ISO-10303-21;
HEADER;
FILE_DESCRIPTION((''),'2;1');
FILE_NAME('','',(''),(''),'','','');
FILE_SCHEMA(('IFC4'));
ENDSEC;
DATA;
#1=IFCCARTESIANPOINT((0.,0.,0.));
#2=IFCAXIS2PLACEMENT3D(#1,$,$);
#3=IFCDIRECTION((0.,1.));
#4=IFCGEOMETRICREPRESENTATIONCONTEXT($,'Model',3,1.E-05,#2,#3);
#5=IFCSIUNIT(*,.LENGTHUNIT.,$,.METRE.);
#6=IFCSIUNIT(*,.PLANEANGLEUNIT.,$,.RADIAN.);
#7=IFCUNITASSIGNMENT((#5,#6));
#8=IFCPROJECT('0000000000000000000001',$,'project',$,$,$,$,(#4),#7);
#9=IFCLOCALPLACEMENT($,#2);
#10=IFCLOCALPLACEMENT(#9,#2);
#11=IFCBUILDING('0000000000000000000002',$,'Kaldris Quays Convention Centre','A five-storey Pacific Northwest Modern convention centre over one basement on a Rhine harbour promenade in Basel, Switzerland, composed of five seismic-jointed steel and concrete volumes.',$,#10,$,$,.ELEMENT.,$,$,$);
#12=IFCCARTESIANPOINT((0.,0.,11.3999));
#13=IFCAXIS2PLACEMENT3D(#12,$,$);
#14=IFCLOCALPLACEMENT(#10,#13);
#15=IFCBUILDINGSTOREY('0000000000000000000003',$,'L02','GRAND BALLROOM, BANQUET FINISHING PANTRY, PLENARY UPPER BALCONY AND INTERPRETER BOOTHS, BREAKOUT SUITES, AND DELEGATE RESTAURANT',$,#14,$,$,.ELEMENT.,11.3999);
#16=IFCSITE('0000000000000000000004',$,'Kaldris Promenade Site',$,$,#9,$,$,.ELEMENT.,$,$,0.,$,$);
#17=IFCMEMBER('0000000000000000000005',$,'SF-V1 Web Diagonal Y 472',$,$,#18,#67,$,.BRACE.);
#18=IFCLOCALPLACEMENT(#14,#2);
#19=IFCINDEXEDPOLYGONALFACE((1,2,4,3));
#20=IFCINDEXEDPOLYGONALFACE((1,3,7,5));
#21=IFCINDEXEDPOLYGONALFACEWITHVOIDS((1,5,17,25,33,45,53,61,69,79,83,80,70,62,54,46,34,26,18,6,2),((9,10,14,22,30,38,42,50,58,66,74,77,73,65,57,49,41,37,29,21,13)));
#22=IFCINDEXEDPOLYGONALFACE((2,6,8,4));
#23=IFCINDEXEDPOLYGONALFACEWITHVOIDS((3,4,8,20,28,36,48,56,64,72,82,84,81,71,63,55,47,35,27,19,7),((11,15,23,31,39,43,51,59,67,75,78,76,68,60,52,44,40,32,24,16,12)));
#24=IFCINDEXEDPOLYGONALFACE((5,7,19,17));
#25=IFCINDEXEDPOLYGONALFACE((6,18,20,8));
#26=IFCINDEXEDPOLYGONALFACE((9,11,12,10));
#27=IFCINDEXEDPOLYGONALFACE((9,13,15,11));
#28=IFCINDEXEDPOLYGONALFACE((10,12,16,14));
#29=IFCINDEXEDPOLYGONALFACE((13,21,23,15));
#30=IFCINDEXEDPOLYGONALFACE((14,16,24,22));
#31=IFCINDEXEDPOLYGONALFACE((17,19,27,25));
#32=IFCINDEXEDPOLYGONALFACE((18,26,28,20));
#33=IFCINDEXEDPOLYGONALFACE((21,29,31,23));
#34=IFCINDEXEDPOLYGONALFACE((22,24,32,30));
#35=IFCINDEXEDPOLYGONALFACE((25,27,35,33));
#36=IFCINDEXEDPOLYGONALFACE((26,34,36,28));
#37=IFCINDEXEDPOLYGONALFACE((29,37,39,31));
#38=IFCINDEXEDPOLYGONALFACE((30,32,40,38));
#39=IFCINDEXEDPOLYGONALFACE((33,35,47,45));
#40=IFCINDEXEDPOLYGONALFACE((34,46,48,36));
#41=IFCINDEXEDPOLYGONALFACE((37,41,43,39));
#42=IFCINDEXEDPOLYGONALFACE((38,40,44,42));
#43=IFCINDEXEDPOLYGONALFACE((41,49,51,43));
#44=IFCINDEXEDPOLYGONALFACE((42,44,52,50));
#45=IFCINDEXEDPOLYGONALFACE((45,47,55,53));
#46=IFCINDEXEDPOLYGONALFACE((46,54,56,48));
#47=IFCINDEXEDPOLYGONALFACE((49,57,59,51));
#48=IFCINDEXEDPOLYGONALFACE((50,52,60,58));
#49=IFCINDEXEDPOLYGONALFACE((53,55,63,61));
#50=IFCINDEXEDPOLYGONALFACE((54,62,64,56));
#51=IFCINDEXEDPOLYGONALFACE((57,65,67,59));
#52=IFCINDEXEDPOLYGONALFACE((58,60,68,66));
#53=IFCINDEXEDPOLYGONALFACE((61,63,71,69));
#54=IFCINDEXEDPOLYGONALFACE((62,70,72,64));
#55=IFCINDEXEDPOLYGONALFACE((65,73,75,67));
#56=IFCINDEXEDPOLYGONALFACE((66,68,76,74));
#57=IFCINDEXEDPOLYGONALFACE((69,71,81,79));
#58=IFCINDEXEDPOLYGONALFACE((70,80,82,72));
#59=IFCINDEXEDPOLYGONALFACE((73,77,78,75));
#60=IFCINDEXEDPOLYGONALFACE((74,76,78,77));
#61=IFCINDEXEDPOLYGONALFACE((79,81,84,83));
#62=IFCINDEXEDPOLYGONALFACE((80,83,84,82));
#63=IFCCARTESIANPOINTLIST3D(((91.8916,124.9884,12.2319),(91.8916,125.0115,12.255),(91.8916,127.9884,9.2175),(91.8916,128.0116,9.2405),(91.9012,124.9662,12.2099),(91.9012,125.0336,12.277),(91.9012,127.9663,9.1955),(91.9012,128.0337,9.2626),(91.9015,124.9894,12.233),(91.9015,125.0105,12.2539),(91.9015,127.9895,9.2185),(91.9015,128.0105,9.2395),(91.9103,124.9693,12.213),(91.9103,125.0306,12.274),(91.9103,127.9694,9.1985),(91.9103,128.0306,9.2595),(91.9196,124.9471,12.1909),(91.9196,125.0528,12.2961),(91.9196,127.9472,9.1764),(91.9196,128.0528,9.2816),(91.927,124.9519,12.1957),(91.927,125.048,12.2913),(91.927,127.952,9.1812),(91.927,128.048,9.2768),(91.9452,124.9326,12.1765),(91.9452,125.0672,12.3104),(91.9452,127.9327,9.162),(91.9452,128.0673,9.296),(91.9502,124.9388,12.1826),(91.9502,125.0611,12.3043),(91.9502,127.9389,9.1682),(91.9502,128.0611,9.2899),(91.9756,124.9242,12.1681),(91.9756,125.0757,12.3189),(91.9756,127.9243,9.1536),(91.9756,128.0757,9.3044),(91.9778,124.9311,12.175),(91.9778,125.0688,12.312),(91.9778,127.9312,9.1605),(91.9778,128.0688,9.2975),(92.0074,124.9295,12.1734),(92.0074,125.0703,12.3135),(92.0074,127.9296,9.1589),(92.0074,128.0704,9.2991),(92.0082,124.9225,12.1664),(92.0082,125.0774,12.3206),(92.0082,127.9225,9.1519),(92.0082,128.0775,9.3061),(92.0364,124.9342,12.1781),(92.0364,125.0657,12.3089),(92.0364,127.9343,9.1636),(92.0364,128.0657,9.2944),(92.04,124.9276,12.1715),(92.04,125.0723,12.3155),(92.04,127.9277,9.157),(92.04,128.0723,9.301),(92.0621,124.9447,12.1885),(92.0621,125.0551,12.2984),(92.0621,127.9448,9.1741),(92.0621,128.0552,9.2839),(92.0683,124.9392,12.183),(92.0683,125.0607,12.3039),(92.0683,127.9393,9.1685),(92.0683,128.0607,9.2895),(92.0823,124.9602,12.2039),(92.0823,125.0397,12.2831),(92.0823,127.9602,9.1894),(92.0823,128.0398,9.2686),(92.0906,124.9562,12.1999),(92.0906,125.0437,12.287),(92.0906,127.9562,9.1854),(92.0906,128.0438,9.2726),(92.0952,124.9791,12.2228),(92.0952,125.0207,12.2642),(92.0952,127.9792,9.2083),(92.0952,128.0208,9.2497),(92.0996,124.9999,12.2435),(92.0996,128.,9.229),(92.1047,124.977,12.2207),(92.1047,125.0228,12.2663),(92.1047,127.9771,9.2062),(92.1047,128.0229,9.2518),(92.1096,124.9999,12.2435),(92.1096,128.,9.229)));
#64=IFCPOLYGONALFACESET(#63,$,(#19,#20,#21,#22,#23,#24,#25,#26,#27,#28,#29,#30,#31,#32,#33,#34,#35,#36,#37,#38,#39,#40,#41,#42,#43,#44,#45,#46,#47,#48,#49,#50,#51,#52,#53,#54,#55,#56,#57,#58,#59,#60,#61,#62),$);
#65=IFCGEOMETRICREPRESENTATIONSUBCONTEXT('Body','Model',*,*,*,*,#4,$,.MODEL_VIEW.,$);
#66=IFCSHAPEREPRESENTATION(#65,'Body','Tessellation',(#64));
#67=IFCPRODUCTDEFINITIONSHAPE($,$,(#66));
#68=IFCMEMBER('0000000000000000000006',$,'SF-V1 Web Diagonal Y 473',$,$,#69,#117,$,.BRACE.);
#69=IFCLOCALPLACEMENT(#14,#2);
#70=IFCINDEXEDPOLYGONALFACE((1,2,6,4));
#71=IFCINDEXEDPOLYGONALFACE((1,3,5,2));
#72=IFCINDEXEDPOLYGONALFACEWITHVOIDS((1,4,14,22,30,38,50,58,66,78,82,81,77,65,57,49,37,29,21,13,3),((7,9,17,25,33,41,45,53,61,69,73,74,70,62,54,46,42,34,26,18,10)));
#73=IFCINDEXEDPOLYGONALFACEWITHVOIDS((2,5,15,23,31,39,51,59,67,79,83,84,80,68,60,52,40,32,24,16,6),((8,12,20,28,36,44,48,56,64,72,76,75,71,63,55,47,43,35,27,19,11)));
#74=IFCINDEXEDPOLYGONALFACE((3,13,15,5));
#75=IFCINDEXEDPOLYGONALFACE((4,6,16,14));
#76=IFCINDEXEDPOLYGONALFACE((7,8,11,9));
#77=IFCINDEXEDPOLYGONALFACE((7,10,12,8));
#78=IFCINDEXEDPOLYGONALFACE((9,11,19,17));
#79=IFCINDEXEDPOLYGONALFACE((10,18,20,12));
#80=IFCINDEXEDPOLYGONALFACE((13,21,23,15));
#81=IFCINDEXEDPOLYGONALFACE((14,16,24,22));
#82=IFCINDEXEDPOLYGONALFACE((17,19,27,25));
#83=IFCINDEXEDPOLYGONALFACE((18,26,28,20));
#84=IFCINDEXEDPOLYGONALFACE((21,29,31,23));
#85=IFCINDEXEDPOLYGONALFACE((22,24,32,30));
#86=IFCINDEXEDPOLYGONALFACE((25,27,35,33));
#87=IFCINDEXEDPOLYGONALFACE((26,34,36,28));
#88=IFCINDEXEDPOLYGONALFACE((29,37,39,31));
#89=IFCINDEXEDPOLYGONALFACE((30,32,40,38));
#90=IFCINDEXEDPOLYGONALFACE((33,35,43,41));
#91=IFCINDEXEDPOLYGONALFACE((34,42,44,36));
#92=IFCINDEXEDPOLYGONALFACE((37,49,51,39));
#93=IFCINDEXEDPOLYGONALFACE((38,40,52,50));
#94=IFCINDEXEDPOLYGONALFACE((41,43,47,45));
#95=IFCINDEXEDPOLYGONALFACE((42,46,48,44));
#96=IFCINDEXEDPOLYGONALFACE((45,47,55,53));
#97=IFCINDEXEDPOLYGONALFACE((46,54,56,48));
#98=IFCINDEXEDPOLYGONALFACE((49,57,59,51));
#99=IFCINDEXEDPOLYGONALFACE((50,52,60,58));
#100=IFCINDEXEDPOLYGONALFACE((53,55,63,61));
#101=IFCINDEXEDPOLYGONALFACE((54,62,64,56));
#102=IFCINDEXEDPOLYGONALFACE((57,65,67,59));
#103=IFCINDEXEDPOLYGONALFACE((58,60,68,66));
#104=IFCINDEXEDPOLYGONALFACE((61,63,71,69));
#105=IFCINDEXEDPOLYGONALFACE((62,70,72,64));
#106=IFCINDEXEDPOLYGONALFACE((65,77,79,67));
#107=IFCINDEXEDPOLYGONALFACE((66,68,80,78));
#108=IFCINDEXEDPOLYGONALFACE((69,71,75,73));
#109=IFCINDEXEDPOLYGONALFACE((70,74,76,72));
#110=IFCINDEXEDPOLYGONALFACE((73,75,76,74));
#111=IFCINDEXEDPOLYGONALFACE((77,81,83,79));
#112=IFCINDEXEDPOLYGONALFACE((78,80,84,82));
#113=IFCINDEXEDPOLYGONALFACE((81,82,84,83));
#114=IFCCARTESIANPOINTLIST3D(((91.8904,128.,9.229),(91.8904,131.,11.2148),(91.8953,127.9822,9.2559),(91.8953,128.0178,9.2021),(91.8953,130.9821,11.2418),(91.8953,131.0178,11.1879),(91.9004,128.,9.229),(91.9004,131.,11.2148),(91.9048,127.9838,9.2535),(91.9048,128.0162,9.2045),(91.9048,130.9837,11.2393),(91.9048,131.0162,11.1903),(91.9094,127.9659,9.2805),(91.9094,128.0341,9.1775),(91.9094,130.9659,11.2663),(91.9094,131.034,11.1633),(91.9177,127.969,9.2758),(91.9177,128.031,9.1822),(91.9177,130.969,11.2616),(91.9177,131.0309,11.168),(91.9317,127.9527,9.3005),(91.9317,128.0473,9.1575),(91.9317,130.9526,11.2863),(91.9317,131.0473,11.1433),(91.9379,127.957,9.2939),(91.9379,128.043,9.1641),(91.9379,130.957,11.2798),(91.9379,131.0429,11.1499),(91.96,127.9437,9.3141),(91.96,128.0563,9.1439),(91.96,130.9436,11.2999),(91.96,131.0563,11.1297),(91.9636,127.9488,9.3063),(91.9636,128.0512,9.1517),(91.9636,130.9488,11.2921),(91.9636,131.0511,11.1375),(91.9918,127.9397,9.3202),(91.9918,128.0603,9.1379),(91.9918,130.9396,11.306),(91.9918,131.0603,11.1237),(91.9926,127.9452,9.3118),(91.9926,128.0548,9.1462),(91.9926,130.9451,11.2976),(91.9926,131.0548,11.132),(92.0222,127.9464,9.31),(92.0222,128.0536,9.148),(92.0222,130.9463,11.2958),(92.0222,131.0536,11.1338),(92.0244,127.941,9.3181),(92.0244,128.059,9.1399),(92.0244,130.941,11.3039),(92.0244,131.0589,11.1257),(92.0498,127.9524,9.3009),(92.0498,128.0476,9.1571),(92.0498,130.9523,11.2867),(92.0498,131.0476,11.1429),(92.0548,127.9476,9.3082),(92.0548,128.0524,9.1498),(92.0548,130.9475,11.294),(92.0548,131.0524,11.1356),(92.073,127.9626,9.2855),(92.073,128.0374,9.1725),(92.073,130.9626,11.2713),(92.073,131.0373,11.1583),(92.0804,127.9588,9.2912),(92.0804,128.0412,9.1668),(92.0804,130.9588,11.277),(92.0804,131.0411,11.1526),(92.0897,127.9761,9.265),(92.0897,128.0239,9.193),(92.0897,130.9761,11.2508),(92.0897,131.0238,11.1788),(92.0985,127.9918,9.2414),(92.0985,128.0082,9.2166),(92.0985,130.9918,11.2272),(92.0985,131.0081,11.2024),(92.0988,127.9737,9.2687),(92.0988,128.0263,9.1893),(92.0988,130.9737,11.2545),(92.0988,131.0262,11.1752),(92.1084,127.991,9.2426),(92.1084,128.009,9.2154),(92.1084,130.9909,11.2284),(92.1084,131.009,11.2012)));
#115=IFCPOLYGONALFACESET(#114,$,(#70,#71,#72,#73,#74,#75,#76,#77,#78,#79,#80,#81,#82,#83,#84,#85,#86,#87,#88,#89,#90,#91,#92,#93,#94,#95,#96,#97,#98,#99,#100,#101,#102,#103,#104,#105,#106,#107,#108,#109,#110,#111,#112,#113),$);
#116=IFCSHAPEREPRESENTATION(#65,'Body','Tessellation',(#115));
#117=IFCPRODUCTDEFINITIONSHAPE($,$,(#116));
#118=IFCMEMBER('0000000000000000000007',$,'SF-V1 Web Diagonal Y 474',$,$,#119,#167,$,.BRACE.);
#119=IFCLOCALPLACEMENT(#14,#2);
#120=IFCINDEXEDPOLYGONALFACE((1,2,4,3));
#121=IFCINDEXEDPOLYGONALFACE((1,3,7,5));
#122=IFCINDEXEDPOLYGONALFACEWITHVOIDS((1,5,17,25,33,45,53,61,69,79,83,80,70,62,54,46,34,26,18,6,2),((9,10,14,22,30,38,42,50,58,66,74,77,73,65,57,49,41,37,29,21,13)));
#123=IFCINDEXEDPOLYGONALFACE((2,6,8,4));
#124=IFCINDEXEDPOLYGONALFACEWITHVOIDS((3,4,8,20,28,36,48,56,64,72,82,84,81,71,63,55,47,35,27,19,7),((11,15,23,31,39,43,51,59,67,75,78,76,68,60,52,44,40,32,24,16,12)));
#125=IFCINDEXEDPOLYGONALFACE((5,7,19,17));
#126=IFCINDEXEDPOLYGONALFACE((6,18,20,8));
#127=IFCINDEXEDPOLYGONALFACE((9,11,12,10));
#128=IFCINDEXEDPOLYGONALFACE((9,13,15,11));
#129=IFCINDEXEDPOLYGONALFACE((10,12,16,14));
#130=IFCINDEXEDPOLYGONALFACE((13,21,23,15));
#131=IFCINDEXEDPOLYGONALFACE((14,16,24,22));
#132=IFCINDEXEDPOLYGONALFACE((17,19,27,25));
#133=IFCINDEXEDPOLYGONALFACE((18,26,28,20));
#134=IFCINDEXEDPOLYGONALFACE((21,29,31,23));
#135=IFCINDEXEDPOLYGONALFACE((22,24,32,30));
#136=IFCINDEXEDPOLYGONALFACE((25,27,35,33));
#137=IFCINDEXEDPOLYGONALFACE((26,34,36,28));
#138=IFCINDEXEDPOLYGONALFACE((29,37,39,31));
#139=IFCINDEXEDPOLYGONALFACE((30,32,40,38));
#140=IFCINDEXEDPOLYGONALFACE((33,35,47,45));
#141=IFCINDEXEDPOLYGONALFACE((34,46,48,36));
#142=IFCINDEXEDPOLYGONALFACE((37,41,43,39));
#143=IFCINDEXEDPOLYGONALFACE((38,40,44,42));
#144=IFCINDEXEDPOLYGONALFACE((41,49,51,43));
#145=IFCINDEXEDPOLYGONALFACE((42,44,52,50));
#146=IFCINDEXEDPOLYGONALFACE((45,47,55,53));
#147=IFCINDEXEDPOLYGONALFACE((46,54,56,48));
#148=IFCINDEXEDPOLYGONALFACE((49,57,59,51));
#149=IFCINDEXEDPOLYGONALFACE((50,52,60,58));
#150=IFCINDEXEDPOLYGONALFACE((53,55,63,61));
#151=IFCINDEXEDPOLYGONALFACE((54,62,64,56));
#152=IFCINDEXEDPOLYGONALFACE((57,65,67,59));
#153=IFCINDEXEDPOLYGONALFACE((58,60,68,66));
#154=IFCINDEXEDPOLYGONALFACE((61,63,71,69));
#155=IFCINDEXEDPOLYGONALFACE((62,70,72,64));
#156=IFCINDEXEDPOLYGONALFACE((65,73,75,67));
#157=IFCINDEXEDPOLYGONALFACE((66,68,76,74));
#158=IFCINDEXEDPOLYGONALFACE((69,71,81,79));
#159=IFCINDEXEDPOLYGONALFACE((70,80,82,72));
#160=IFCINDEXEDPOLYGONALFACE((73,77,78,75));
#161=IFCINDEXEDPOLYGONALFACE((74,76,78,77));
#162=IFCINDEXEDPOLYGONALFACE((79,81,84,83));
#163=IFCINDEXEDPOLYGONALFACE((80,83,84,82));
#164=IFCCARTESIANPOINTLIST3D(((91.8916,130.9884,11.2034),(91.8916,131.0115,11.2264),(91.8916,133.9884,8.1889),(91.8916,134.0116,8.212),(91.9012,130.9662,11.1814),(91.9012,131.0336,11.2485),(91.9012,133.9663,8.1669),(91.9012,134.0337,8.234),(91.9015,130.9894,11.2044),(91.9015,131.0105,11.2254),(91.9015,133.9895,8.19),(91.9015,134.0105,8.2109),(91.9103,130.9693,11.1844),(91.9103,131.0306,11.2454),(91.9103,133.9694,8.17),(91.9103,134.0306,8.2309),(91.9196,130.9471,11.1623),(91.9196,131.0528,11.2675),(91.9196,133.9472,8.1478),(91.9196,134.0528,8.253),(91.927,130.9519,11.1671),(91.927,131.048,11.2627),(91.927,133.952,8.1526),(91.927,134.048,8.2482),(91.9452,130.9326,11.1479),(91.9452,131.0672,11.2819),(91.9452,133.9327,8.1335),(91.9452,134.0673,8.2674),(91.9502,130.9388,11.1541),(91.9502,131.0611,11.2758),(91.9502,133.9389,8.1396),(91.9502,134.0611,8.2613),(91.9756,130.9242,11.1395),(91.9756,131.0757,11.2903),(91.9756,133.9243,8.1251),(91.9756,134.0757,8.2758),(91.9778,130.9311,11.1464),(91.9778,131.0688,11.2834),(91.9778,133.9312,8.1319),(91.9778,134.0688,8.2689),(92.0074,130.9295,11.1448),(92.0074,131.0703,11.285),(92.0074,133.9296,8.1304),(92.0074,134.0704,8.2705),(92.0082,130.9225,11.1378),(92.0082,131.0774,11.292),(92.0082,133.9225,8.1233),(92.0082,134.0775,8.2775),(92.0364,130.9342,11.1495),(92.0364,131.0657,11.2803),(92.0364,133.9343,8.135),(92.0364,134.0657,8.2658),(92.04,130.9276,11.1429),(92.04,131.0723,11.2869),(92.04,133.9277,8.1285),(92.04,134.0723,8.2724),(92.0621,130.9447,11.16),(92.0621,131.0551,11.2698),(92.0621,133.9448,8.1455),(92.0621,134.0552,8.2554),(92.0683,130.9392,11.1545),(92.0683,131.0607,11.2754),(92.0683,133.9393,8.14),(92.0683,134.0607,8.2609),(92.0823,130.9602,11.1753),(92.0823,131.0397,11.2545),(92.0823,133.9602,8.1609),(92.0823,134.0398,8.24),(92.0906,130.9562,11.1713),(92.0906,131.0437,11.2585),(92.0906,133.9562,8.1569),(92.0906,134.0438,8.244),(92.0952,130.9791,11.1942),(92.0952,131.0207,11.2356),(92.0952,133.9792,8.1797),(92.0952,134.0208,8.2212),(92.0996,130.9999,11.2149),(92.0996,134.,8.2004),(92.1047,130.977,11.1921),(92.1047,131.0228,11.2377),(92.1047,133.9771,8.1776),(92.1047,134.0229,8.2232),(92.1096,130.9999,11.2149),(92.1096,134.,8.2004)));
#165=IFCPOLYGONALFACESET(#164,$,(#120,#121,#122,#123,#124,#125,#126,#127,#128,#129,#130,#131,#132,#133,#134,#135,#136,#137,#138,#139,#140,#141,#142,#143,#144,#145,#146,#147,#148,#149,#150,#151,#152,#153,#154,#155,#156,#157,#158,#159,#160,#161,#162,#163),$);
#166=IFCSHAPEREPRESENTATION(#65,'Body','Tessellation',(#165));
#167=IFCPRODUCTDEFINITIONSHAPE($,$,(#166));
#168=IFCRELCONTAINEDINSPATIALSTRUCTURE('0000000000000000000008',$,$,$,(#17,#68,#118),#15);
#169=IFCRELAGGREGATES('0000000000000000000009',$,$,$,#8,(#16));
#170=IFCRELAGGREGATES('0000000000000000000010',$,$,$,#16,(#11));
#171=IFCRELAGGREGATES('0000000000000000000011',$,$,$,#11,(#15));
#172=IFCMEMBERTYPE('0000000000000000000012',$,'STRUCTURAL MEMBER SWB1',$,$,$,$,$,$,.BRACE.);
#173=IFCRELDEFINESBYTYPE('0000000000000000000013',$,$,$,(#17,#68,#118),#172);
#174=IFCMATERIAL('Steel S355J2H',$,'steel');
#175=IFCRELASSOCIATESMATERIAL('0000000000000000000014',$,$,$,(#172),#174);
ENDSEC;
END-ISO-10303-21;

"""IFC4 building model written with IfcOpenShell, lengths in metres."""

from ifc_helpers import new_model, si_unit, direction, frame, origin, origin_2d, place, context, subcontext, project, spatial, hollow_circle, extrude, material, material_profile, profile_set, type_object, element, save


model = new_model("IFC4")

# Units and contexts
model_context = context("Model", 3, precision=1e-05, world=origin(), true_north=direction((0.0, 1.0)))
body_context = subcontext(model_context, "Body", "Model", "MODEL_VIEW")
ifc_project = project(units=[si_unit("LENGTHUNIT", "METRE"), si_unit("PLANEANGLEUNIT", "RADIAN")], contexts=[model_context])

# Site, building, storey
site_placement = place(None, origin())
site = spatial("IfcSite", under=ifc_project, at=site_placement, Name="Kaldris Promenade Site", CompositionType="ELEMENT", RefElevation=0.0)
building_placement = place(site_placement, origin())
building = spatial("IfcBuilding", under=site, at=building_placement, Name="Kaldris Quays Convention Centre", Description="A five-storey Pacific Northwest Modern convention centre over one basement on a Rhine harbour promenade in Basel, Switzerland, composed of five seismic-jointed steel and concrete volumes.", CompositionType="ELEMENT")
storey_placement = place(building_placement, frame((0.0, 0.0, 11.3999)))
storey = spatial("IfcBuildingStorey", under=building, at=storey_placement, Name="L02", Description="GRAND BALLROOM, BANQUET FINISHING PANTRY, PLENARY UPPER BALCONY AND INTERPRETER BOOTHS, BREAKOUT SUITES, AND DELEGATE RESTAURANT", CompositionType="ELEMENT", Elevation=11.3999)

# Members
ifc_material_1 = material(Name="Steel S355J2H", Category="steel")
ifc_material_profile_1 = material_profile(ifc_material_1, hollow_circle(Radius=0.1096, WallThickness=0.01, at=origin_2d()), Name="CHS 219.1x10")
ifc_profile_set_1 = profile_set([ifc_material_profile_1], Name="Steel S355J2H")
member_type_1 = type_object("IfcMemberType", Name="STRUCTURAL MEMBER SWB1", PredefinedType="BRACE", material=ifc_profile_set_1)
member_1_placement = place(storey_placement, frame((92.0, 128.0, 9.229), z_axis=(0.0, -0.705411, 0.708798), x_axis=(1.0, 0.0, 0.0)))
element("IfcMember", 1, at=member_1_placement, inside=storey, type_object=member_type_1, Name="SF-V1 Web Diagonal Y 472", PredefinedType="BRACE", context=body_context, shape_type="SweptSolid", body=[
    extrude(hollow_circle(Radius=0.1096, WallThickness=0.01, at=origin_2d()), origin(), (0.0, 0.0, 1.0), 4.2529),
])
member_2_placement = place(storey_placement, frame((92.0, 128.0, 9.229), z_axis=(0.0, 0.833862, 0.551972), x_axis=(-1.0, 0.0, 0.0)))
element("IfcMember", 2, at=member_2_placement, inside=storey, type_object=member_type_1, Name="SF-V1 Web Diagonal Y 473", PredefinedType="BRACE", context=body_context, shape_type="SweptSolid", body=[
    extrude(hollow_circle(Radius=0.1096, WallThickness=0.01, at=origin_2d()), origin(), (0.0, 0.0, 1.0), 3.5977),
])
member_3_placement = place(storey_placement, frame((92.0, 134.0, 8.2004), z_axis=(0.0, -0.705411, 0.708798), x_axis=(1.0, 0.0, 0.0)))
element("IfcMember", 3, at=member_3_placement, inside=storey, type_object=member_type_1, Name="SF-V1 Web Diagonal Y 474", PredefinedType="BRACE", context=body_context, shape_type="SweptSolid", body=[
    extrude(hollow_circle(Radius=0.1096, WallThickness=0.01, at=origin_2d()), origin(), (0.0, 0.0, 1.0), 4.2529),
])

save(model, "model.ifc")
